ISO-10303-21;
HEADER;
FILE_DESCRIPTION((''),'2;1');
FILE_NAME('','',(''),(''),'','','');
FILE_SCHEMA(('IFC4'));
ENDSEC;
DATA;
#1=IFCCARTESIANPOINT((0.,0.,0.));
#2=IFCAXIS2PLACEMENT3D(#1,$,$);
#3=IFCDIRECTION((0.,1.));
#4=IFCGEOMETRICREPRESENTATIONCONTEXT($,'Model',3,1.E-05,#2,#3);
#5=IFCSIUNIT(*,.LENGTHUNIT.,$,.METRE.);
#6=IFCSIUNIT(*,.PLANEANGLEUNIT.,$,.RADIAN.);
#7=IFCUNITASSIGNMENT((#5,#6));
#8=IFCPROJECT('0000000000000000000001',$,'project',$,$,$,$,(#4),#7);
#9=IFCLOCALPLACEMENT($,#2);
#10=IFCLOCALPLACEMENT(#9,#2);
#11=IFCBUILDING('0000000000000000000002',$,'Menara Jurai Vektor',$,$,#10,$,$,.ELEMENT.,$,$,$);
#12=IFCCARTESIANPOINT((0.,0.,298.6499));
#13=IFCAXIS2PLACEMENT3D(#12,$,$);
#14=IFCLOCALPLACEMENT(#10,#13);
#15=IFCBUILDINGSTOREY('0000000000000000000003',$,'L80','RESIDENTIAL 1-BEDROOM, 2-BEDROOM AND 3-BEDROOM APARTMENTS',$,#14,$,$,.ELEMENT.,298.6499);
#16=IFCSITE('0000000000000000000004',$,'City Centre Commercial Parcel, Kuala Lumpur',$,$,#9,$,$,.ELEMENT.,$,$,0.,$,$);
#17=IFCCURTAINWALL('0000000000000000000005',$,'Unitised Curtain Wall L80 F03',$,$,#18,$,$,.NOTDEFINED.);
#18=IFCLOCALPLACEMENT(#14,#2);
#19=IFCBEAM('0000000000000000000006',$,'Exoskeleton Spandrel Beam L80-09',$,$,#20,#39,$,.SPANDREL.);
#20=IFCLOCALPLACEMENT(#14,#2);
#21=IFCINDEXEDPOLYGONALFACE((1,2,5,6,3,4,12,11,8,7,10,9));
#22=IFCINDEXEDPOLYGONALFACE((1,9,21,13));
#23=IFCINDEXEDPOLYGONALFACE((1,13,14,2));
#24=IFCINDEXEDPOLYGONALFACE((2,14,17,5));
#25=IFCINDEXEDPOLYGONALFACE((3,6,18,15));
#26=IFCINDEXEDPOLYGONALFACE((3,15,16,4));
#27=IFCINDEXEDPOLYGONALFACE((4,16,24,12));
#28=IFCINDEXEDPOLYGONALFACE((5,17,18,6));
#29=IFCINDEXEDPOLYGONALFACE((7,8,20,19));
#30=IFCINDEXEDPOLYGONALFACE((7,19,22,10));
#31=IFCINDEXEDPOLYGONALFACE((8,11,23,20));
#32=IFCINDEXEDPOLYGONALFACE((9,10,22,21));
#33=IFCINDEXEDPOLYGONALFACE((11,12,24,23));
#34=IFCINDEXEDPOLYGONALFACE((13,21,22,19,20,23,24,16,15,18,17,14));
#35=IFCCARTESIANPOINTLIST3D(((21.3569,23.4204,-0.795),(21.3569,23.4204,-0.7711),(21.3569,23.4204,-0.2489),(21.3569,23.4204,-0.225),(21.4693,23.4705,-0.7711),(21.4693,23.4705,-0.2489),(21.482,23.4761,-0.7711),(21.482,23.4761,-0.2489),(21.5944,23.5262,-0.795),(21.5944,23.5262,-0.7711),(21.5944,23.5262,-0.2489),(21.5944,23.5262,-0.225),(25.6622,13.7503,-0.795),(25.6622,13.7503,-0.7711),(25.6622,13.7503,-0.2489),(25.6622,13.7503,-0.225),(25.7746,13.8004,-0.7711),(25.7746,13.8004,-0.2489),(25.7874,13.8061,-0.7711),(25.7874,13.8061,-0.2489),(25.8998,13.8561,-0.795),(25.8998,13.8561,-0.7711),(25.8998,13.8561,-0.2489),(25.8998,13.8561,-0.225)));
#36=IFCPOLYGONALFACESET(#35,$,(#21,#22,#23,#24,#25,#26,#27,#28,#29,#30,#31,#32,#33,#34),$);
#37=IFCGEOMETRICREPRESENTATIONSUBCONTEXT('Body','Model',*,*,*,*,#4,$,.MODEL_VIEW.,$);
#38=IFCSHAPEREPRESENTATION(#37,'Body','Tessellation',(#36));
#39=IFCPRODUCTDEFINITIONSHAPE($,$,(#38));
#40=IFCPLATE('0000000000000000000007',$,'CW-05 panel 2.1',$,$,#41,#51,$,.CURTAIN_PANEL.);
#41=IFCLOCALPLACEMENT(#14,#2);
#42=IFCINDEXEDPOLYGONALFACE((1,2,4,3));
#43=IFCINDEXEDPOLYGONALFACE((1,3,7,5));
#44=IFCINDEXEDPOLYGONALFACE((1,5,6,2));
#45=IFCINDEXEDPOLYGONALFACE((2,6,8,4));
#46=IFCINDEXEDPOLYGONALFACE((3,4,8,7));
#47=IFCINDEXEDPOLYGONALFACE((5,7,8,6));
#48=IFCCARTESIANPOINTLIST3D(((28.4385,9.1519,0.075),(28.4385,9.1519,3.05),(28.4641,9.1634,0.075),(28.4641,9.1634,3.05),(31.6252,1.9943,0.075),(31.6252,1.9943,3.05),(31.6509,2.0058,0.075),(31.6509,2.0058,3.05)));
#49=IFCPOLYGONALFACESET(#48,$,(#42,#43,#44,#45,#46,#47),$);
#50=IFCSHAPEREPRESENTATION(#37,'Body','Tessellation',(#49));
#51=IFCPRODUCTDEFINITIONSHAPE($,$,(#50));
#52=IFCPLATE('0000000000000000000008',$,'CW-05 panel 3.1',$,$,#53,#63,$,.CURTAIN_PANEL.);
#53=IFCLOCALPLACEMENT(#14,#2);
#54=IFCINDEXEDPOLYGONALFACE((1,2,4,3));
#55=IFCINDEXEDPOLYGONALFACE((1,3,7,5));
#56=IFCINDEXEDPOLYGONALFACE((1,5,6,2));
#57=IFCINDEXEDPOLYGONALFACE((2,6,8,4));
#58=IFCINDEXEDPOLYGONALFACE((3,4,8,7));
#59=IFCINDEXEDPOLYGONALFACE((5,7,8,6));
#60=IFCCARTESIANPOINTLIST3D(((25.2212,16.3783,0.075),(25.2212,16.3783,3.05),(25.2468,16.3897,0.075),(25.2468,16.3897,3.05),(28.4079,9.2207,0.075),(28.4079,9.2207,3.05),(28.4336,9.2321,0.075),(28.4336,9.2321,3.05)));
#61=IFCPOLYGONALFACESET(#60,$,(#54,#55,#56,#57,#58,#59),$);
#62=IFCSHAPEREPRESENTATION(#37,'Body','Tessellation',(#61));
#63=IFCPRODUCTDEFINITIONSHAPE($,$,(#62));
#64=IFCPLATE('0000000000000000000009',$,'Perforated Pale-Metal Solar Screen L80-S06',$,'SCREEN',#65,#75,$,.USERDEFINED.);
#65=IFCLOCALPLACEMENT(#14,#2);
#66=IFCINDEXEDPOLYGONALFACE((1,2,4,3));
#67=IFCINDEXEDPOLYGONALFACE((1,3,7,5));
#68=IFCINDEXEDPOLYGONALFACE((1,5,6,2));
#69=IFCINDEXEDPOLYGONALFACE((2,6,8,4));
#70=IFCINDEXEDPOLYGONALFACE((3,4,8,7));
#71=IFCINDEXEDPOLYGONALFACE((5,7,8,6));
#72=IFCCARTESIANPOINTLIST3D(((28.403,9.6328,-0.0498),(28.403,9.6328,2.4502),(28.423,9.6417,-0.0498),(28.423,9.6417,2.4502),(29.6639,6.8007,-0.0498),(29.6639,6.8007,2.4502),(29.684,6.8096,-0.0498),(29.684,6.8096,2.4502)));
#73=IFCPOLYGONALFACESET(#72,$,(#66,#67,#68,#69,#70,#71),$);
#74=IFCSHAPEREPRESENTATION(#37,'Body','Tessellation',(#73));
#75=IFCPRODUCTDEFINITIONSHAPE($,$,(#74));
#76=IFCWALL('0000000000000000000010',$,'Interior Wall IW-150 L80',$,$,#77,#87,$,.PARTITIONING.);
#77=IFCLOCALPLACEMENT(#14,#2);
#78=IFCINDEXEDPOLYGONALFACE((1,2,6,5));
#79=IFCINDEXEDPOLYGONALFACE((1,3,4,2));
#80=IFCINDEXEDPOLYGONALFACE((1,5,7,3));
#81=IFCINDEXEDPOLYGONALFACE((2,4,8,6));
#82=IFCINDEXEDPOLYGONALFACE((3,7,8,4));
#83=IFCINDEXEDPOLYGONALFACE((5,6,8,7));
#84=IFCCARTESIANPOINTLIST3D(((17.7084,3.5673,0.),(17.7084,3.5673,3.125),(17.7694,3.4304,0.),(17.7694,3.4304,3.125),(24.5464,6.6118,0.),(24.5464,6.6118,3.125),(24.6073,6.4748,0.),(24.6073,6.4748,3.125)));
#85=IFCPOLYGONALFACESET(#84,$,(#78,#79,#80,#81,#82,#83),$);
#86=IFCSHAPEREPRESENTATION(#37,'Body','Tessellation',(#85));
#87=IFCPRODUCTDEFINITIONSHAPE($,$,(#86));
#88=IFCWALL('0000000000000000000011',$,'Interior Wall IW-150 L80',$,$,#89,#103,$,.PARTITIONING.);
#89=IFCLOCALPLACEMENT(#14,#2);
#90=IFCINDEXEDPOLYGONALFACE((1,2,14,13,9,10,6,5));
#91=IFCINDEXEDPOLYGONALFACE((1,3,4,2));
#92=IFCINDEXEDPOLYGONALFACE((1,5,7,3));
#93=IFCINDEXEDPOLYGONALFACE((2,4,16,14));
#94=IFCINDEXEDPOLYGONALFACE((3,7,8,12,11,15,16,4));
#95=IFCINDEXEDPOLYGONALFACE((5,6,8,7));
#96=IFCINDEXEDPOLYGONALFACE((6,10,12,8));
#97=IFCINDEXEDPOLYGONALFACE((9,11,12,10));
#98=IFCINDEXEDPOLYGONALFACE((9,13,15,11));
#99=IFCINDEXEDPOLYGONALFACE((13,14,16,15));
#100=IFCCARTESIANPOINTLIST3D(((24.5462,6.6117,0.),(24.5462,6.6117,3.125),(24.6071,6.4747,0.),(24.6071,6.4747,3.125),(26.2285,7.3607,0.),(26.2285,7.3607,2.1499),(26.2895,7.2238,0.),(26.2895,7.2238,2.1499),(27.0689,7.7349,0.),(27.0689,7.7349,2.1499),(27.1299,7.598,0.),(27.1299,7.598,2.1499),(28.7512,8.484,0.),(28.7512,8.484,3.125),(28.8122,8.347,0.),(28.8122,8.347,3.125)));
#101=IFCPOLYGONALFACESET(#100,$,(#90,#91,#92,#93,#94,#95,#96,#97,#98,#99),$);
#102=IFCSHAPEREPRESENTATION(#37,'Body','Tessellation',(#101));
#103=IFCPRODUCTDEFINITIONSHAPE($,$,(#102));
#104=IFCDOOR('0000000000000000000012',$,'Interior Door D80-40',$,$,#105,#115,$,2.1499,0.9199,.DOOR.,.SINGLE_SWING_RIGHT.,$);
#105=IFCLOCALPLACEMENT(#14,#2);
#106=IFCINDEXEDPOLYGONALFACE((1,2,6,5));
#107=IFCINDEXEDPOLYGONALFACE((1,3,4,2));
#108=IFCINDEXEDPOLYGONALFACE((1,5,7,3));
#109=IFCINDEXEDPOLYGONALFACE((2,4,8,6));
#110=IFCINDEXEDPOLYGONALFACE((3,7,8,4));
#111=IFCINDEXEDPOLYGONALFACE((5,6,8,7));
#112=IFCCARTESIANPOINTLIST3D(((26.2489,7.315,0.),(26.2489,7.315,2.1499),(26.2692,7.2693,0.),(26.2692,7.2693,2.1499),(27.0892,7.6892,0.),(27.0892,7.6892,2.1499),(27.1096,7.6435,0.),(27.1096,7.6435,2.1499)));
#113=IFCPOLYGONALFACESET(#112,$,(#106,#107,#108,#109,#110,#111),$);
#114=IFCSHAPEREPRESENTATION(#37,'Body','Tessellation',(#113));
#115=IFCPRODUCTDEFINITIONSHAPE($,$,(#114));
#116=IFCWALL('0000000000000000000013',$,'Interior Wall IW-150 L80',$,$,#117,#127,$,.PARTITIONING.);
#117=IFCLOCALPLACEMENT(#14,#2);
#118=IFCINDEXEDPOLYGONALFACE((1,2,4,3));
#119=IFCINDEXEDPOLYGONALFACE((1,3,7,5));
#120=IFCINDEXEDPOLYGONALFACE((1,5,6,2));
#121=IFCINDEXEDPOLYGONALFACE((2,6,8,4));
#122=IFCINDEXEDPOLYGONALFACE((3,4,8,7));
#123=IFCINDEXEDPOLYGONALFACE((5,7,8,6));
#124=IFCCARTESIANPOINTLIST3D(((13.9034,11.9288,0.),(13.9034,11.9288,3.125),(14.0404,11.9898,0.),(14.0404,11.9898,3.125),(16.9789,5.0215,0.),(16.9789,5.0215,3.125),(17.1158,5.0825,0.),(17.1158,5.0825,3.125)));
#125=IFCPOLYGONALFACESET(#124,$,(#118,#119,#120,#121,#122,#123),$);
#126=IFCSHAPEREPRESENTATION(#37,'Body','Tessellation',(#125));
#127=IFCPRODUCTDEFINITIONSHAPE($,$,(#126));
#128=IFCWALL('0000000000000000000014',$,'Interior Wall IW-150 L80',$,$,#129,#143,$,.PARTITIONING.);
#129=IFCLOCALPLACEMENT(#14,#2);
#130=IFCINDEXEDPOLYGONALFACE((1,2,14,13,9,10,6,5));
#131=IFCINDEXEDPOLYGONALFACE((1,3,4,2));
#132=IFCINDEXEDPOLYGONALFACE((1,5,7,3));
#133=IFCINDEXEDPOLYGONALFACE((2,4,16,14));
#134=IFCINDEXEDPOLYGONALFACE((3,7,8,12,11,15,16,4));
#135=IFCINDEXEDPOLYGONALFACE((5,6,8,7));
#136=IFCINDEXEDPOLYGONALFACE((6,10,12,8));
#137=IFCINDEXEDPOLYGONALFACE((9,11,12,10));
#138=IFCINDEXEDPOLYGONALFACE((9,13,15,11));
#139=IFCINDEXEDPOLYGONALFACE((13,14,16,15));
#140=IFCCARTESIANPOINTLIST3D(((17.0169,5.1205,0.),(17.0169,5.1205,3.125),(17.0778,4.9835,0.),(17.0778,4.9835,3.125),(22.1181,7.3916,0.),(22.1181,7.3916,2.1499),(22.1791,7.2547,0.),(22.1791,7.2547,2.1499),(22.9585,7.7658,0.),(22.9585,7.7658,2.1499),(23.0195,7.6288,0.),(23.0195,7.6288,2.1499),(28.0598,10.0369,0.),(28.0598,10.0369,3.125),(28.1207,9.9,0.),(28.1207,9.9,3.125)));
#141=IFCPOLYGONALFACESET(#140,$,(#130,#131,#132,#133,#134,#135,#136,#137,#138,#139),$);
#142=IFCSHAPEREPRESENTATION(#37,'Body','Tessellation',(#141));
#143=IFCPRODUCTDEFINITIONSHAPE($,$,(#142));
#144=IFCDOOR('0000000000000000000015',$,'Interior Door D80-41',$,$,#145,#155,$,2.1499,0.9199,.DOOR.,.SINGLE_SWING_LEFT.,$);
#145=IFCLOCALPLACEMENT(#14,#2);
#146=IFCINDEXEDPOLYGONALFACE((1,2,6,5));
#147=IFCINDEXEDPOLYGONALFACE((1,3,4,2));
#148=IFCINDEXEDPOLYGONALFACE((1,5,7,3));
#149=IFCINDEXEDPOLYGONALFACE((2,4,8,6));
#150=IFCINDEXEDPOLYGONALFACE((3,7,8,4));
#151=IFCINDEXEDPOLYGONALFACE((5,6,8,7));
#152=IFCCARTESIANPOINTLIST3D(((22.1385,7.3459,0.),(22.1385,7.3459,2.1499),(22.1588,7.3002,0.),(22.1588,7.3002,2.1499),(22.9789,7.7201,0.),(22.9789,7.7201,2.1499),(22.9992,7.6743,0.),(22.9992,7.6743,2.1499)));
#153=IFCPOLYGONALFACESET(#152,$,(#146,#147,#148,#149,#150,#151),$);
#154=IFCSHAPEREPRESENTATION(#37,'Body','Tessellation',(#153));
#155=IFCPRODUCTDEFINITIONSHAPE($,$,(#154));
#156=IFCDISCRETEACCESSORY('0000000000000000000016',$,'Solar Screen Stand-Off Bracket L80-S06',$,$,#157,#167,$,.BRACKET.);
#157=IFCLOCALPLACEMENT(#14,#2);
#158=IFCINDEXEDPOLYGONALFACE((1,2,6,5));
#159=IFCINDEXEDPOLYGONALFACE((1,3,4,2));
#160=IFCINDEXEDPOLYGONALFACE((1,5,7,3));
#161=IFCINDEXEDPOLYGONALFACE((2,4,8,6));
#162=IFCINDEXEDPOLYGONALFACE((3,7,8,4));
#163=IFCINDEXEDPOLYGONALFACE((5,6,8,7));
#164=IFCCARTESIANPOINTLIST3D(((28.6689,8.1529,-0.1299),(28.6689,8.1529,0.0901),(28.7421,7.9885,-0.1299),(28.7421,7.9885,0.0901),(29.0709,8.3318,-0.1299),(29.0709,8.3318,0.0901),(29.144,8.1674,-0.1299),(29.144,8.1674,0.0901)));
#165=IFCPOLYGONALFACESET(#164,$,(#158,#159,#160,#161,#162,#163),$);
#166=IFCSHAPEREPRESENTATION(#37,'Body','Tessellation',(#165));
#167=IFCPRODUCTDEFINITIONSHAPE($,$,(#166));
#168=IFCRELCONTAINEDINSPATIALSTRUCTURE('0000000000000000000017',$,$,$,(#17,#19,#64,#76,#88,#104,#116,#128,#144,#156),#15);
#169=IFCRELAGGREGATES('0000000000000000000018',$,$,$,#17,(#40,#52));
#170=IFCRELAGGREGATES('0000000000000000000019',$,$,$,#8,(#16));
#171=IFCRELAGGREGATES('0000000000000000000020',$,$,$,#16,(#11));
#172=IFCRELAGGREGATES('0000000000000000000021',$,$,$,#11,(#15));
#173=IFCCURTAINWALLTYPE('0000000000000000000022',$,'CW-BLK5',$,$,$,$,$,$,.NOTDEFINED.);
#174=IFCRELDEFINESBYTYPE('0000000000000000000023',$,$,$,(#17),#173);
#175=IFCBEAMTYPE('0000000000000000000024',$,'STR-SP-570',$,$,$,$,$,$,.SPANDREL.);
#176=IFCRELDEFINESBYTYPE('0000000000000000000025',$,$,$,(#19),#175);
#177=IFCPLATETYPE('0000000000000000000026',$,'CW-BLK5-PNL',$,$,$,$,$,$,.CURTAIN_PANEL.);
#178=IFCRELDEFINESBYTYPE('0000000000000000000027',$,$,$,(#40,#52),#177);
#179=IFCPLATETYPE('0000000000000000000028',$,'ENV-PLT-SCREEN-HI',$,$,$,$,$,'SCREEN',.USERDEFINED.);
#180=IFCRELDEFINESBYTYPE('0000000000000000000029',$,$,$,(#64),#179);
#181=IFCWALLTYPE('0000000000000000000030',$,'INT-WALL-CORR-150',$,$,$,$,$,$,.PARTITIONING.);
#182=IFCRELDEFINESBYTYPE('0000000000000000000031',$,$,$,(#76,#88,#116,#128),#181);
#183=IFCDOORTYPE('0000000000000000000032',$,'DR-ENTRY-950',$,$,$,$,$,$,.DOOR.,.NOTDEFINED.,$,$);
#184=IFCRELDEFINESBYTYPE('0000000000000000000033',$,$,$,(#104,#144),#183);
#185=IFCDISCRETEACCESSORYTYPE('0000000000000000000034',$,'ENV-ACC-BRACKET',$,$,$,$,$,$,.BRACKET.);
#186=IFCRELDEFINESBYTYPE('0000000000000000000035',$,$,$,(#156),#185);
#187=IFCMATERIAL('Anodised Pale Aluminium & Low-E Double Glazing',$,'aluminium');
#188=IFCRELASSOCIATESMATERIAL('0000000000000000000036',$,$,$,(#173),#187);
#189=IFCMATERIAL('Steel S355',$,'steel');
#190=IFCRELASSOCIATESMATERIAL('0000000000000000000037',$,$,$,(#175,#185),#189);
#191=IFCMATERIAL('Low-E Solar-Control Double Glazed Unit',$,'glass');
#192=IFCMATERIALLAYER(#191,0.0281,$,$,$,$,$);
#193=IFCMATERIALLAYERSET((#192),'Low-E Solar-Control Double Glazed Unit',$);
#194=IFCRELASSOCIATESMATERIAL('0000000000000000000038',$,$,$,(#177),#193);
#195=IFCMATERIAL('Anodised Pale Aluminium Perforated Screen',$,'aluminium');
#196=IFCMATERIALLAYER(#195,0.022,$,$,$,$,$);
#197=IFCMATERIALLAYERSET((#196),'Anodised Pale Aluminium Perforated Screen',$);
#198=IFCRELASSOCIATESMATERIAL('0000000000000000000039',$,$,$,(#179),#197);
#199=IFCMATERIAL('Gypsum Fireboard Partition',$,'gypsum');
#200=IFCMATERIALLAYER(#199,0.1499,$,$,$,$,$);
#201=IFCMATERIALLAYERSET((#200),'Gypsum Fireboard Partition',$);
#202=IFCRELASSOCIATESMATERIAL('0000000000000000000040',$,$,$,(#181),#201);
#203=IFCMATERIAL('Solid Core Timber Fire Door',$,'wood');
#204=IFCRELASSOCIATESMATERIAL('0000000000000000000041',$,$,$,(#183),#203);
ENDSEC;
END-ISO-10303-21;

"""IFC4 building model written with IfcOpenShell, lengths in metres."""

from ifc_helpers import new_model, si_unit, direction, frame, frame_2d, origin, origin_2d, place, context, subcontext, project, spatial, rectangle, i_section, extrude, material, layer, layer_set, material_profile, profile_set, type_object, element, fill, aggregate, save


model = new_model("IFC4")

# Units and contexts
model_context = context("Model", 3, precision=1e-05, world=origin(), true_north=direction((0.0, 1.0)))
body_context = subcontext(model_context, "Body", "Model", "MODEL_VIEW")
ifc_project = project(units=[si_unit("LENGTHUNIT", "METRE"), si_unit("PLANEANGLEUNIT", "RADIAN")], contexts=[model_context])

# Site, building, storey
site_placement = place(None, origin())
site = spatial("IfcSite", under=ifc_project, at=site_placement, Name="City Centre Commercial Parcel, Kuala Lumpur", CompositionType="ELEMENT", RefElevation=0.0)
building_placement = place(site_placement, origin())
building = spatial("IfcBuilding", under=site, at=building_placement, Name="Menara Jurai Vektor", CompositionType="ELEMENT")
storey_placement = place(building_placement, frame((0.0, 0.0, 298.6499)))
storey = spatial("IfcBuildingStorey", under=building, at=storey_placement, Name="L80", Description="RESIDENTIAL 1-BEDROOM, 2-BEDROOM AND 3-BEDROOM APARTMENTS", CompositionType="ELEMENT", Elevation=298.6499)

# Curtain wall
ifc_material_1 = material(Name="Anodised Pale Aluminium & Low-E Double Glazing", Category="aluminium")
curtain_wall_type = type_object("IfcCurtainWallType", Name="CW-BLK5", PredefinedType="NOTDEFINED", material=ifc_material_1)
curtain_wall_placement = place(storey_placement, origin())
curtain_wall = element("IfcCurtainWall", 1, at=curtain_wall_placement, inside=storey, type_object=curtain_wall_type, Name="Unitised Curtain Wall L80 F03", PredefinedType="NOTDEFINED")

# Beam
ifc_material_2 = material(Name="Steel S355", Category="steel")
ifc_material_profile_1 = material_profile(ifc_material_2, i_section(OverallWidth=0.26, OverallDepth=0.5701, WebThickness=0.0139, FlangeThickness=0.0239, at=origin_2d()), Name="PG 570x260x145")
ifc_profile_set_1 = profile_set([ifc_material_profile_1], Name="Steel S355")
beam_type_1 = type_object("IfcBeamType", Name="STR-SP-570", PredefinedType="SPANDREL", material=ifc_profile_set_1)
beam_1_placement = place(storey_placement, frame((25.781, 13.8032, -0.51), z_axis=(-0.406735, 0.913546, 0.0), x_axis=(-0.913546, -0.406735, 0.0)))
element("IfcBeam", 2, at=beam_1_placement, inside=storey, type_object=beam_type_1, Name="Exoskeleton Spandrel Beam L80-09", PredefinedType="SPANDREL", context=body_context, shape_type="SweptSolid", body=[
    extrude(i_section(OverallWidth=0.26, OverallDepth=0.5701, WebThickness=0.0139, FlangeThickness=0.0239, at=origin_2d()), origin(), (0.0, 0.0, 1.0), 10.5852),
])

# Plates
ifc_material_3 = material(Name="Low-E Solar-Control Double Glazed Unit", Category="glass")
ifc_layer_1 = layer(ifc_material_3, 0.0281)
ifc_layer_set_1 = layer_set([ifc_layer_1], Name="Low-E Solar-Control Double Glazed Unit")
plate_type_1 = type_object("IfcPlateType", Name="CW-BLK5-PNL", PredefinedType="CURTAIN_PANEL", material=ifc_layer_set_1)
plate_1_placement = place(storey_placement, frame((30.0447, 5.5789, 0.075), z_axis=(0.0, 0.0, 1.0), x_axis=(-0.406735, 0.913546, 0.0)))
plate_1 = element("IfcPlate", 3, at=plate_1_placement, type_object=plate_type_1, Name="CW-05 panel 2.1", PredefinedType="CURTAIN_PANEL", context=body_context, shape_type="SweptSolid", body=[
    extrude(rectangle(XDim=7.835, YDim=0.0281, at=origin_2d()), origin(), (0.0, 0.0, 1.0), 2.9751),
])
plate_2_placement = place(storey_placement, frame((26.8274, 12.8052, 0.075), z_axis=(0.0, 0.0, 1.0), x_axis=(-0.406735, 0.913546, 0.0)))
plate_2 = element("IfcPlate", 4, at=plate_2_placement, type_object=plate_type_1, Name="CW-05 panel 3.1", PredefinedType="CURTAIN_PANEL", context=body_context, shape_type="SweptSolid", body=[
    extrude(rectangle(XDim=7.835, YDim=0.0281, at=origin_2d()), origin(), (0.0, 0.0, 1.0), 2.9751),
])
aggregate(curtain_wall, [plate_1, plate_2])
ifc_material_4 = material(Name="Anodised Pale Aluminium Perforated Screen", Category="aluminium")
ifc_layer_2 = layer(ifc_material_4, 0.022)
ifc_layer_set_2 = layer_set([ifc_layer_2], Name="Anodised Pale Aluminium Perforated Screen")
plate_type_2 = type_object("IfcPlateType", Name="ENV-PLT-SCREEN-HI", ElementType="SCREEN", PredefinedType="USERDEFINED", material=ifc_layer_set_2)
plate_3_placement = place(storey_placement, frame((29.0435, 8.2212, -0.0498), z_axis=(0.0, 0.0, 1.0), x_axis=(-0.406737, 0.913545, 0.0)))
element("IfcPlate", 5, at=plate_3_placement, inside=storey, type_object=plate_type_2, Name="Perforated Pale-Metal Solar Screen L80-S06", ObjectType="SCREEN", PredefinedType="USERDEFINED", context=body_context, shape_type="SweptSolid", body=[
    extrude(rectangle(XDim=3.1001, YDim=0.022, at=origin_2d()), origin(), (0.0, 0.0, 1.0), 2.5),
])

# Wall
ifc_material_5 = material(Name="Gypsum Fireboard Partition", Category="gypsum")
ifc_layer_3 = layer(ifc_material_5, 0.1499)
ifc_layer_set_3 = layer_set([ifc_layer_3], Name="Gypsum Fireboard Partition")
wall_type = type_object("IfcWallType", Name="INT-WALL-CORR-150", PredefinedType="PARTITIONING", material=ifc_layer_set_3)
wall_1_placement = place(storey_placement, frame((17.7388, 3.4988, 0.0), z_axis=(0.0, 0.0, 1.0), x_axis=(0.913545, 0.406738, 0.0)))
element("IfcWall", 6, at=wall_1_placement, inside=storey, type_object=wall_type, Name="Interior Wall IW-150 L80", PredefinedType="PARTITIONING", context=body_context, shape_type="SweptSolid", body=[
    extrude(rectangle(XDim=7.4851, YDim=0.1499, at=frame_2d((3.7427, 0.0))), origin(), (0.0, 0.0, 1.0), 3.125),
])

# Wall, opening, door
wall_2_placement = place(storey_placement, frame((24.5767, 6.5432, 0.0), z_axis=(0.0, 0.0, 1.0), x_axis=(0.913538, 0.406754, 0.0)))
wall_2 = element("IfcWall", 7, at=wall_2_placement, inside=storey, type_object=wall_type, Name="Interior Wall IW-150 L80", PredefinedType="PARTITIONING", context=body_context, shape_type="SweptSolid", body=[
    extrude(rectangle(XDim=4.603, YDim=0.1499, at=frame_2d((2.3015, 0.0))), origin(), (0.0, 0.0, 1.0), 3.125),
])
opening_1_placement = place(wall_2_placement, frame((1.8416, 0.0, 0.0)))
opening_1 = element("IfcOpeningElement", 8, at=opening_1_placement, cuts=wall_2, PredefinedType="OPENING", context=body_context, shape_type="SweptSolid", body=[
    extrude(rectangle(XDim=0.9199, YDim=2.1499, at=frame_2d((0.46, 1.075))), frame((0.0, 0.085, 0.0), z_axis=(0.0, -1.0, 0.0), x_axis=(1.0, 0.0, 0.0)), (0.0, 0.0, 1.0), 0.1699),
])
ifc_material_6 = material(Name="Solid Core Timber Fire Door", Category="wood")
door_type = type_object("IfcDoorType", Name="DR-ENTRY-950", OperationType="NOTDEFINED", PredefinedType="DOOR", material=ifc_material_6)
door_1_placement = place(opening_1_placement, origin())
door_1 = element("IfcDoor", 9, at=door_1_placement, inside=storey, type_object=door_type, Name="Interior Door D80-40", OperationType="SINGLE_SWING_RIGHT", OverallHeight=2.1499, OverallWidth=0.9199, PredefinedType="DOOR", context=body_context, shape_type="SweptSolid", body=[
    extrude(rectangle(XDim=0.9199, YDim=2.1499, at=frame_2d((0.46, 1.075))), frame((0.0, 0.0249, 0.0), z_axis=(0.0, -1.0, 0.0), x_axis=(1.0, 0.0, 0.0)), (0.0, 0.0, 1.0), 0.05),
])
fill(opening_1, door_1)

# Wall
wall_3_placement = place(storey_placement, frame((17.0474, 5.052, 0.0), z_axis=(0.0, 0.0, 1.0), x_axis=(-0.406753, 0.913538, 0.0)))
element("IfcWall", 10, at=wall_3_placement, inside=storey, type_object=wall_type, Name="Interior Wall IW-150 L80", PredefinedType="PARTITIONING", context=body_context, shape_type="SweptSolid", body=[
    extrude(rectangle(XDim=7.561, YDim=0.1499, at=frame_2d((3.7805, 0.0))), origin(), (0.0, 0.0, 1.0), 3.125),
])

# Wall, opening, door
wall_4_placement = place(storey_placement, frame((17.0474, 5.052, 0.0), z_axis=(0.0, 0.0, 1.0), x_axis=(0.91355, 0.406727, 0.0)))
wall_4 = element("IfcWall", 11, at=wall_4_placement, inside=storey, type_object=wall_type, Name="Interior Wall IW-150 L80", PredefinedType="PARTITIONING", context=body_context, shape_type="SweptSolid", body=[
    extrude(rectangle(XDim=12.0879, YDim=0.1499, at=frame_2d((6.0439, 0.0))), origin(), (0.0, 0.0, 1.0), 3.125),
])
opening_2_placement = place(wall_4_placement, frame((5.584, 0.0, 0.0)))
opening_2 = element("IfcOpeningElement", 12, at=opening_2_placement, cuts=wall_4, PredefinedType="OPENING", context=body_context, shape_type="SweptSolid", body=[
    extrude(rectangle(XDim=0.9199, YDim=2.1499, at=frame_2d((0.46, 1.075))), frame((0.0, 0.085, 0.0), z_axis=(0.0, -1.0, 0.0), x_axis=(1.0, 0.0, 0.0)), (0.0, 0.0, 1.0), 0.1699),
])
door_2_placement = place(opening_2_placement, origin())
door_2 = element("IfcDoor", 13, at=door_2_placement, inside=storey, type_object=door_type, Name="Interior Door D80-41", OperationType="SINGLE_SWING_LEFT", OverallHeight=2.1499, OverallWidth=0.9199, PredefinedType="DOOR", context=body_context, shape_type="SweptSolid", body=[
    extrude(rectangle(XDim=0.9199, YDim=2.1499, at=frame_2d((0.46, 1.075))), frame((0.0, 0.0249, 0.0), z_axis=(0.0, -1.0, 0.0), x_axis=(1.0, 0.0, 0.0)), (0.0, 0.0, 1.0), 0.05),
])
fill(opening_2, door_2)

# Discrete accessory
discrete_accessory_type = type_object("IfcDiscreteAccessoryType", Name="ENV-ACC-BRACKET", PredefinedType="BRACKET", material=ifc_material_2)
discrete_accessory_placement = place(storey_placement, frame((28.9065, 8.1602, -0.1299), z_axis=(0.0, 0.0, 1.0), x_axis=(-0.406737, 0.913545, 0.0)))
element("IfcDiscreteAccessory", 14, at=discrete_accessory_placement, inside=storey, type_object=discrete_accessory_type, Name="Solar Screen Stand-Off Bracket L80-S06", PredefinedType="BRACKET", context=body_context, shape_type="SweptSolid", body=[
    extrude(rectangle(XDim=0.1799, YDim=0.4399, at=origin_2d()), origin(), (0.0, 0.0, 1.0), 0.22),
])

save(model, "model.ifc")
